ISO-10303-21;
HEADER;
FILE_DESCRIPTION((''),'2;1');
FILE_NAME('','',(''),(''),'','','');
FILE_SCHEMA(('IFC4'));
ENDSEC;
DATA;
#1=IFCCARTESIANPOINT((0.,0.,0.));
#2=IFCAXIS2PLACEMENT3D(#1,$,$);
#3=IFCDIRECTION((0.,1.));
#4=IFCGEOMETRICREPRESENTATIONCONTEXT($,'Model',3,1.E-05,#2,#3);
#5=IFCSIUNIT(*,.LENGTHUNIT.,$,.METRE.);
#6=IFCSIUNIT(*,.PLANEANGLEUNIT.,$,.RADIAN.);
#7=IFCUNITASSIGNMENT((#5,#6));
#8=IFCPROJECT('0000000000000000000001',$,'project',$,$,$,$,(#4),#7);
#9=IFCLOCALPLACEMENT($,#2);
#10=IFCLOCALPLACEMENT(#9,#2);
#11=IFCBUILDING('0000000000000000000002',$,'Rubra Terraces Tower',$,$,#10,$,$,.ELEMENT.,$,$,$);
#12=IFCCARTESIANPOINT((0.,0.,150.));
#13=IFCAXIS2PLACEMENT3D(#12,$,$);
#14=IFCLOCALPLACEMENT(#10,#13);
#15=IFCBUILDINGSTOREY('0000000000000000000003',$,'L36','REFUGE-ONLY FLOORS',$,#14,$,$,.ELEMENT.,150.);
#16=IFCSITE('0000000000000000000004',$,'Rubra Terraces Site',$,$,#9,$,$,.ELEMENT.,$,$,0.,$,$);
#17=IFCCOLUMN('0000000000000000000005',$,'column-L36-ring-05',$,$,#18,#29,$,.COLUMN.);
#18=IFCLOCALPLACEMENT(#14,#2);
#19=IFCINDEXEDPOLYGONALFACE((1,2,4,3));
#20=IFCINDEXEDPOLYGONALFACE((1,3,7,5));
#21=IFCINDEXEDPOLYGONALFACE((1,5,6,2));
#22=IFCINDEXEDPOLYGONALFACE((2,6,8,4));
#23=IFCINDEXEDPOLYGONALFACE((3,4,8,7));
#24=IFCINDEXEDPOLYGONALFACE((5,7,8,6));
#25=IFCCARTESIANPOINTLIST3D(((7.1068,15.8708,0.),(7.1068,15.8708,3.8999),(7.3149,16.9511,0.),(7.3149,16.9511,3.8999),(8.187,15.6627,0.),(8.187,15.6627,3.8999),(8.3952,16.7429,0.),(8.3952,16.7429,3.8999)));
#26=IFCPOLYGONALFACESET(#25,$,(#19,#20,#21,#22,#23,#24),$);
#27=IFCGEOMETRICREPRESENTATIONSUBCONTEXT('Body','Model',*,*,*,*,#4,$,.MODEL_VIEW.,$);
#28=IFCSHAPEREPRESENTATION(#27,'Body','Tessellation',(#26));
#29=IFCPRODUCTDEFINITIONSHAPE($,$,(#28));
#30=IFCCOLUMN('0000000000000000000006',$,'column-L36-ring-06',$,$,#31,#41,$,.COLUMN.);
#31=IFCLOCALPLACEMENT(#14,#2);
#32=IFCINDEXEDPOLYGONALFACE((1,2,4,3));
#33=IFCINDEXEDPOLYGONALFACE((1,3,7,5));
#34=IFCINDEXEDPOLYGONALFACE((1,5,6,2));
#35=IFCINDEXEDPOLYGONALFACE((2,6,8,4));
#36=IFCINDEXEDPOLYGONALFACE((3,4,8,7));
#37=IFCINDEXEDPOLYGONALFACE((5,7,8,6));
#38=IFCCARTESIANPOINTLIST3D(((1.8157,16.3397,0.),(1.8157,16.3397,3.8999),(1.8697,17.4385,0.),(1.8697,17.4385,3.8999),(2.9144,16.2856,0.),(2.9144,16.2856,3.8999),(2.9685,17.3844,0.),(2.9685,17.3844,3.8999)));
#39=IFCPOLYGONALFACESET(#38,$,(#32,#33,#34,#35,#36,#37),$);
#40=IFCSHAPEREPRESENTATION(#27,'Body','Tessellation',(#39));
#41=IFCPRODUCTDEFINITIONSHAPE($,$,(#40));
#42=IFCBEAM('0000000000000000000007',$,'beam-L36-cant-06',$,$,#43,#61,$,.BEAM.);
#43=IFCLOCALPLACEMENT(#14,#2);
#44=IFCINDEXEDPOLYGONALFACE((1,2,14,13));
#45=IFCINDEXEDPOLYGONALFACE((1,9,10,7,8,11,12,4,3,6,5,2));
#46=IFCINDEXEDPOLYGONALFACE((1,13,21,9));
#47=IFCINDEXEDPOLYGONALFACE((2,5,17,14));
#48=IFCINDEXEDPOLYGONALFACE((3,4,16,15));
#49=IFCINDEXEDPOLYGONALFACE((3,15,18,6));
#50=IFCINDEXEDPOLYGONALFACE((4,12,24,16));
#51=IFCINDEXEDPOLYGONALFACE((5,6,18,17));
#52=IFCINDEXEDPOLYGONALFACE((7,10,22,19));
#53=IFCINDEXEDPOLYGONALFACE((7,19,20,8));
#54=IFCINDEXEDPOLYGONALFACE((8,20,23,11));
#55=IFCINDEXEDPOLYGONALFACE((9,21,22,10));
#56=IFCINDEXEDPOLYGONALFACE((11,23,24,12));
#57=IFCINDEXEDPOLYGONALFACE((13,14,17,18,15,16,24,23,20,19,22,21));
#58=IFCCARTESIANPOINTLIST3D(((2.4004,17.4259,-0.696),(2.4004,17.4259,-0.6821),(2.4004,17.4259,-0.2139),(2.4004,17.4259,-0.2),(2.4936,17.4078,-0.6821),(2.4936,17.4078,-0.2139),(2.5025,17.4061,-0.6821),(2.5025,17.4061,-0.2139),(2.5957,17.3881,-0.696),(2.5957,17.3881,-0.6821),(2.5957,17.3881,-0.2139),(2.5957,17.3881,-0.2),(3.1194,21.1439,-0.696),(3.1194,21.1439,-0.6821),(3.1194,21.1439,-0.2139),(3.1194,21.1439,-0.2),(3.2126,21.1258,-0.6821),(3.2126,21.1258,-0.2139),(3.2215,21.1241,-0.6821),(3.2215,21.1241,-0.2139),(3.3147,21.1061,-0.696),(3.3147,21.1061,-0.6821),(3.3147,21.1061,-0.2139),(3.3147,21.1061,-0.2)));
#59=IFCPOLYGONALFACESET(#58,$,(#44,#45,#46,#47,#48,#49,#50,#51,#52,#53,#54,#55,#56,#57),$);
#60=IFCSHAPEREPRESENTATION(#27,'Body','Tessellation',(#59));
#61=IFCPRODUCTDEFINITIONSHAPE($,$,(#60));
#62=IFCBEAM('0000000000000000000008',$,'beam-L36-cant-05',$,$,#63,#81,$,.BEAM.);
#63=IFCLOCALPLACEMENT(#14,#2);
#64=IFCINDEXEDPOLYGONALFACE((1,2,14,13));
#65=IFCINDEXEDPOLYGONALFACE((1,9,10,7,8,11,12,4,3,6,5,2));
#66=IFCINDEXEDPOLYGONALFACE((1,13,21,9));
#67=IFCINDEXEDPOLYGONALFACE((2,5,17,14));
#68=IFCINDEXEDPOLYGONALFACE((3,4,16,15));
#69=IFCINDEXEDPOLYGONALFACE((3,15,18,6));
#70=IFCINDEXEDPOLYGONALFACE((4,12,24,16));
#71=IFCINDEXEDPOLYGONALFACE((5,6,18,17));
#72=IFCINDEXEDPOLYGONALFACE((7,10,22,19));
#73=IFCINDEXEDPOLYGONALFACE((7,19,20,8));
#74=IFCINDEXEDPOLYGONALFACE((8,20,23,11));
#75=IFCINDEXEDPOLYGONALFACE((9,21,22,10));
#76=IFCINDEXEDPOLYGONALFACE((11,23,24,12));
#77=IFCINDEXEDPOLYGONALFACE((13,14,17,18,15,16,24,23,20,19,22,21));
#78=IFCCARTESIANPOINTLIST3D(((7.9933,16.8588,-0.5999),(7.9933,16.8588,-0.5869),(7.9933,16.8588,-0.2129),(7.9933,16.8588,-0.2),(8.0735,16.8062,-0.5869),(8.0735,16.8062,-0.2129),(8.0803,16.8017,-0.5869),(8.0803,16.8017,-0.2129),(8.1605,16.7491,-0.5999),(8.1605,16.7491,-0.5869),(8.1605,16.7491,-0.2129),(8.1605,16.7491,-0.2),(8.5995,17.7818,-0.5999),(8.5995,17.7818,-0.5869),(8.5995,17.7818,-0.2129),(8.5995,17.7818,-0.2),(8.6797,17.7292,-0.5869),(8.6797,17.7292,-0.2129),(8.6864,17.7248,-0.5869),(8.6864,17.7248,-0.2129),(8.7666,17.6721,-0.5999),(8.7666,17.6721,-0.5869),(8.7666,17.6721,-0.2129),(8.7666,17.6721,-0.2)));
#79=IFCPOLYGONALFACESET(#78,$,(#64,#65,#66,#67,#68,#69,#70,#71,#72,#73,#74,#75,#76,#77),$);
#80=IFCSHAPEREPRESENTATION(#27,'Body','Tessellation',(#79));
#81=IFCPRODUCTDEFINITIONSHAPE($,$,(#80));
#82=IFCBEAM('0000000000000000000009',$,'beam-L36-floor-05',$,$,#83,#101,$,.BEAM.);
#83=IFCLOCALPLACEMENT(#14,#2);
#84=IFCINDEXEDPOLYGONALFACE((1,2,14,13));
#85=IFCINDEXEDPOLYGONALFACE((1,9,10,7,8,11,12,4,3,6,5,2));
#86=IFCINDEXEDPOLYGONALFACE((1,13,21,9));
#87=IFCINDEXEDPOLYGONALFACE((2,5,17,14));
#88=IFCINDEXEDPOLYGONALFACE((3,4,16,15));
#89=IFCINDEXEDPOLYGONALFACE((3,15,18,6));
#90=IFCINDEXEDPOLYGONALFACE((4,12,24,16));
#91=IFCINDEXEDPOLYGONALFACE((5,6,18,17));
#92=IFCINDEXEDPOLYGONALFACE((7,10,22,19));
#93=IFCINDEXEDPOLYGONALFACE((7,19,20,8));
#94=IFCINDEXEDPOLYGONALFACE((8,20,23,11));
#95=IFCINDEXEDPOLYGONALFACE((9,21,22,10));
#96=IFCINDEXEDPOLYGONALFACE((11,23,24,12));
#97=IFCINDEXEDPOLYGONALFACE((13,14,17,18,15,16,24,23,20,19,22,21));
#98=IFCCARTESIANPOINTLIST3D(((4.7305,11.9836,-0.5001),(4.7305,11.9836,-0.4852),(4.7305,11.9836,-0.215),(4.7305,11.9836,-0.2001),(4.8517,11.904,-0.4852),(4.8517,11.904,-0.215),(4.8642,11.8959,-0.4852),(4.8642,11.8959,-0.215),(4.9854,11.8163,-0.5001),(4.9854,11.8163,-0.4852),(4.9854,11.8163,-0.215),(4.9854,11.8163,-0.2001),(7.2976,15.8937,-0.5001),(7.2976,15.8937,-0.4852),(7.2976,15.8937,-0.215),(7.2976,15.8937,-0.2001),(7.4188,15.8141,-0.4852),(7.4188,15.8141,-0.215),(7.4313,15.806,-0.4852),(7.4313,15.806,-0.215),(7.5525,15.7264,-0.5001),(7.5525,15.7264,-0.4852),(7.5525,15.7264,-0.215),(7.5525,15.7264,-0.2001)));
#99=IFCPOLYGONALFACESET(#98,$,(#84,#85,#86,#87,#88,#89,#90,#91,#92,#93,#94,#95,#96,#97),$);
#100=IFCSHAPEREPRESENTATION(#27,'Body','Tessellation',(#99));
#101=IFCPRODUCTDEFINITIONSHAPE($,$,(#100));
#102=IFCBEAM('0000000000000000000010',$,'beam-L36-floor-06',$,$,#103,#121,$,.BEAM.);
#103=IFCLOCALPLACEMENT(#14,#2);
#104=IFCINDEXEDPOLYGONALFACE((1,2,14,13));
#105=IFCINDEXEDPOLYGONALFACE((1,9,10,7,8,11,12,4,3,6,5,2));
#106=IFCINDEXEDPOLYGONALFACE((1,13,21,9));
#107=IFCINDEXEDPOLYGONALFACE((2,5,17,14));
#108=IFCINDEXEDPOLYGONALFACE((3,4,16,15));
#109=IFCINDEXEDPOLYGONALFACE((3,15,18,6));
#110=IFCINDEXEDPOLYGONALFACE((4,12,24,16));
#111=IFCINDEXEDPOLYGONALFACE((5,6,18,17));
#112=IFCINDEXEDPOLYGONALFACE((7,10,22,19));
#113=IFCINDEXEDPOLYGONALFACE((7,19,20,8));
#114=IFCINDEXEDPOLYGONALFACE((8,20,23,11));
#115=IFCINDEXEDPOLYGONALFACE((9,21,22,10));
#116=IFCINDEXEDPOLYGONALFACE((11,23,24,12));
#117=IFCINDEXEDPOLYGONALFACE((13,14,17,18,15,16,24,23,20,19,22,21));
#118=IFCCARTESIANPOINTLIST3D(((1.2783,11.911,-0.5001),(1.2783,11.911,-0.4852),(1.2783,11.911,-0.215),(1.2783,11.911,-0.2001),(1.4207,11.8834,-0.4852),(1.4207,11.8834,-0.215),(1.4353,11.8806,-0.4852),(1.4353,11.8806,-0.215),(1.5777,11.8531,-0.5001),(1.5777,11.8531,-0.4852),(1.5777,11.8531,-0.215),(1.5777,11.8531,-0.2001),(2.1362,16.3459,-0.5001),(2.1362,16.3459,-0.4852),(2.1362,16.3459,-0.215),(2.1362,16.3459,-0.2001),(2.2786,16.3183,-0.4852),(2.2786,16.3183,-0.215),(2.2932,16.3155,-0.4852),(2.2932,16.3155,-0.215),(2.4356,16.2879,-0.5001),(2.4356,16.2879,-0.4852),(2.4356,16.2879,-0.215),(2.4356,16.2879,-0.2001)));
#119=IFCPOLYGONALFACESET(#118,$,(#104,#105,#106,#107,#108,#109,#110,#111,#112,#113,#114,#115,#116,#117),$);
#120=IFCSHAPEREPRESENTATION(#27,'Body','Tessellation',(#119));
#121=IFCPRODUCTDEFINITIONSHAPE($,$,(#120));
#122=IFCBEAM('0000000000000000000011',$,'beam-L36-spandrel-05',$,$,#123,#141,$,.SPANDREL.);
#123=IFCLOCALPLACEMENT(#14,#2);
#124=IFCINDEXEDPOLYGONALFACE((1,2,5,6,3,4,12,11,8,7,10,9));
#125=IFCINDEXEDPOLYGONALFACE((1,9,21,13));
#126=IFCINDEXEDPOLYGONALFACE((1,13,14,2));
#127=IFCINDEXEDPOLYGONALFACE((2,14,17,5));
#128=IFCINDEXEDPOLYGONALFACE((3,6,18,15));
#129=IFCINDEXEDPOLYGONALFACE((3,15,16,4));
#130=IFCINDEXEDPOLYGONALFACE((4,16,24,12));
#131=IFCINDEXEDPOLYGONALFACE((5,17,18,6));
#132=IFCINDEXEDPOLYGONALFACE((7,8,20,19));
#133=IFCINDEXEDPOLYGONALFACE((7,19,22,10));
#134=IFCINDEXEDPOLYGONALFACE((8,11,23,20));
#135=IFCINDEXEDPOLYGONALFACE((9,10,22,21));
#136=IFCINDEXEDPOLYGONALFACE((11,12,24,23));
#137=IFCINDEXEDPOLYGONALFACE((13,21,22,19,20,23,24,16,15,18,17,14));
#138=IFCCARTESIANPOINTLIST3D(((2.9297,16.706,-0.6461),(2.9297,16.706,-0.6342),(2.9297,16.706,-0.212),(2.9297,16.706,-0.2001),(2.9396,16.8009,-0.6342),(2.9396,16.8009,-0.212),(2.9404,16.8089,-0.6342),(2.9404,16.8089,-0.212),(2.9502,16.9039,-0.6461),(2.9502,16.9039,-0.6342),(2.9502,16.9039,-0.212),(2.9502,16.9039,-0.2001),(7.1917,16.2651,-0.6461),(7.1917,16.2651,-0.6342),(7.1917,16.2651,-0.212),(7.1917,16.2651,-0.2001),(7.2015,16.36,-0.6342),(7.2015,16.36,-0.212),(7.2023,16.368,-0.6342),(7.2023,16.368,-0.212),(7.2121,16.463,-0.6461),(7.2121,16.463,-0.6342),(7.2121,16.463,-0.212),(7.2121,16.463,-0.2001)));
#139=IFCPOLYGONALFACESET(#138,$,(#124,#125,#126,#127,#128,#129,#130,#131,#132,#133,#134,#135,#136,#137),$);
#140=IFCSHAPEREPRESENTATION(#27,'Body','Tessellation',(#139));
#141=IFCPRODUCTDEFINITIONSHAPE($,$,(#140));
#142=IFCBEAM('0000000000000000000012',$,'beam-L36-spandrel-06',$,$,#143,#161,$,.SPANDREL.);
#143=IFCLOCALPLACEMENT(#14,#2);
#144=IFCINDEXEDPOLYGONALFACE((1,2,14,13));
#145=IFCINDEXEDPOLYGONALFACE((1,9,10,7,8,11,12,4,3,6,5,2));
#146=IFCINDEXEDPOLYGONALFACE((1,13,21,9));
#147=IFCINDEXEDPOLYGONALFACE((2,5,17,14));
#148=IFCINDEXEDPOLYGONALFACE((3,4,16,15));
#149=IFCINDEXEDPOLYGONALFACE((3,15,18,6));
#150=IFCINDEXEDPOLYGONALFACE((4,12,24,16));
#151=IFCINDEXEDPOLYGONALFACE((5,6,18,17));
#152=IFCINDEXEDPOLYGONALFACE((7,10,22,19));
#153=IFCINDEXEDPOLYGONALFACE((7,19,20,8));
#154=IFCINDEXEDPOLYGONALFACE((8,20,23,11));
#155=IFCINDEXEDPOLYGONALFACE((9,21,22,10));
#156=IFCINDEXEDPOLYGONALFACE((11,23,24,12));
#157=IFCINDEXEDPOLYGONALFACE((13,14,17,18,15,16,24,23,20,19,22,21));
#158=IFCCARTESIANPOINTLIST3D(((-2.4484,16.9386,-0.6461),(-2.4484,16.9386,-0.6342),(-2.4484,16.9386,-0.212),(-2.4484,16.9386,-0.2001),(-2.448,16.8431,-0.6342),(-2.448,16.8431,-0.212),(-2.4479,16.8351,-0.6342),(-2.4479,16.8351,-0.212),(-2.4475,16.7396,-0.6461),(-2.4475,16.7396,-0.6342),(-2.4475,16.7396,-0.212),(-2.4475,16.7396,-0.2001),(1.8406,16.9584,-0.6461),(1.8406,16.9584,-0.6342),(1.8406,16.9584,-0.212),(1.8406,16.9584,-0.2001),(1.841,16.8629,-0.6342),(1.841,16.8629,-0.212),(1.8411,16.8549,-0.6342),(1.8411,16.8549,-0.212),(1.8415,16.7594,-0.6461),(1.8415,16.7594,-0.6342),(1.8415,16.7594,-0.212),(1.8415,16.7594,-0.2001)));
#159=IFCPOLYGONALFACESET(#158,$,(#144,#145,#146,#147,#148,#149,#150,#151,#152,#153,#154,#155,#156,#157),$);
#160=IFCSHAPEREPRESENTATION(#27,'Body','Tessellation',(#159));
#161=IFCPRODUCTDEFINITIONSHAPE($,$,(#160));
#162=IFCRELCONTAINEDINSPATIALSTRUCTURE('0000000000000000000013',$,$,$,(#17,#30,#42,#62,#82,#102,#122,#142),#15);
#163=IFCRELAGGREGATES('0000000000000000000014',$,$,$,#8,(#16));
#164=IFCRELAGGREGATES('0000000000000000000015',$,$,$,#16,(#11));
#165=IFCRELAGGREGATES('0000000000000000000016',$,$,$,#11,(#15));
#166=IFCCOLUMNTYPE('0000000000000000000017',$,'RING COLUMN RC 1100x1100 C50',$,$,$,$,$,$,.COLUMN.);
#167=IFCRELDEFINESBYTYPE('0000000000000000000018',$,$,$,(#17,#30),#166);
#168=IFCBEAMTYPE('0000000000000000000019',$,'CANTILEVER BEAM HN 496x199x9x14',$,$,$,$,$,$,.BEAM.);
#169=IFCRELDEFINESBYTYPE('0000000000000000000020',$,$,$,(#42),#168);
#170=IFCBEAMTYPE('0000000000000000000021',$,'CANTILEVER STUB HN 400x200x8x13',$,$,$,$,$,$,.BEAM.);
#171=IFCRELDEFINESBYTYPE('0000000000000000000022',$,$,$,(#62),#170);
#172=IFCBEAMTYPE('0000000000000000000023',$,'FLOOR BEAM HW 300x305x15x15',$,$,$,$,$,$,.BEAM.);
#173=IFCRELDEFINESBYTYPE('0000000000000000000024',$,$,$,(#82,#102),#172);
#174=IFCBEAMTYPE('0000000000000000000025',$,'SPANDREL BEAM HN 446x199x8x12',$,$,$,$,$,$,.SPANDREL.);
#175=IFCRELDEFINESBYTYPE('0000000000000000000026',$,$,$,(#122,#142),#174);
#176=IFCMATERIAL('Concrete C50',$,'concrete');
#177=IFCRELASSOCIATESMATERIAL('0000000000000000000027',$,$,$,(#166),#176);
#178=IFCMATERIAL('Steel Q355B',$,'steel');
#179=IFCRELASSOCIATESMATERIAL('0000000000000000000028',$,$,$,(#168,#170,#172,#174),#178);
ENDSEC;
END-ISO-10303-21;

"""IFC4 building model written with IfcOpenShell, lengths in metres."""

from ifc_helpers import new_model, si_unit, direction, frame, origin, origin_2d, place, context, subcontext, project, spatial, rectangle, i_section, extrude, material, material_profile, profile_set, type_object, element, save


model = new_model("IFC4")

# Units and contexts
model_context = context("Model", 3, precision=1e-05, world=origin(), true_north=direction((0.0, 1.0)))
body_context = subcontext(model_context, "Body", "Model", "MODEL_VIEW")
ifc_project = project(units=[si_unit("LENGTHUNIT", "METRE"), si_unit("PLANEANGLEUNIT", "RADIAN")], contexts=[model_context])

# Site, building, storey
site_placement = place(None, origin())
site = spatial("IfcSite", under=ifc_project, at=site_placement, Name="Rubra Terraces Site", CompositionType="ELEMENT", RefElevation=0.0)
building_placement = place(site_placement, origin())
building = spatial("IfcBuilding", under=site, at=building_placement, Name="Rubra Terraces Tower", CompositionType="ELEMENT")
storey_placement = place(building_placement, frame((0.0, 0.0, 150.0)))
storey = spatial("IfcBuildingStorey", under=building, at=storey_placement, Name="L36", Description="REFUGE-ONLY FLOORS", CompositionType="ELEMENT", Elevation=150.0)

# Columns
ifc_material_1 = material(Name="Concrete C50", Category="concrete")
ifc_material_profile_1 = material_profile(ifc_material_1, rectangle(XDim=1.1001, YDim=1.1001, at=origin_2d()), Name="RC 1100x1100")
ifc_profile_set_1 = profile_set([ifc_material_profile_1], Name="Concrete C50")
column_type = type_object("IfcColumnType", Name="RING COLUMN RC 1100x1100 C50", PredefinedType="COLUMN", material=ifc_profile_set_1)
for number, where, z_axis, x_axis, name in (
    (1, (7.751, 16.3069, 0.0), (0.0, 0.0, 1.0), (-0.981937, 0.18921, 0.0), "column-L36-ring-05"),
    (2, (2.3921, 16.8621, 0.0), (0.0, 0.0, 1.0), (-0.998791, 0.04915, 0.0), "column-L36-ring-06"),
):
    element("IfcColumn", number, at=place(storey_placement, frame(where, z_axis=z_axis, x_axis=x_axis)), inside=storey, type_object=column_type, Name=name, PredefinedType="COLUMN", context=body_context, shape_type="SweptSolid", body=[
        extrude(rectangle(XDim=1.1001, YDim=1.1001, at=origin_2d()), origin(), (0.0, 0.0, 1.0), 3.8999),
    ])

# Beams
ifc_material_2 = material(Name="Steel Q355B", Category="steel")
ifc_material_profile_2 = material_profile(ifc_material_2, i_section(OverallWidth=0.199, OverallDepth=0.4961, WebThickness=0.009, FlangeThickness=0.0139, at=origin_2d()), Name="HN 496x199x9x14")
ifc_profile_set_2 = profile_set([ifc_material_profile_2], Name="Steel Q355B")
beam_type_1 = type_object("IfcBeamType", Name="CANTILEVER BEAM HN 496x199x9x14", PredefinedType="BEAM", material=ifc_profile_set_2)
beam_1_placement = place(storey_placement, frame((2.498, 17.407, -0.448), z_axis=(0.189864, 0.98181, 0.0), x_axis=(-0.98181, 0.189864, 0.0)))
element("IfcBeam", 3, at=beam_1_placement, inside=storey, type_object=beam_type_1, Name="beam-L36-cant-06", PredefinedType="BEAM", context=body_context, shape_type="SweptSolid", body=[
    extrude(i_section(OverallWidth=0.199, OverallDepth=0.4961, WebThickness=0.009, FlangeThickness=0.0139, at=origin_2d()), origin(), (0.0, 0.0, 1.0), 3.7869),
])
ifc_material_profile_3 = material_profile(ifc_material_2, i_section(OverallWidth=0.2, OverallDepth=0.3999, WebThickness=0.0081, FlangeThickness=0.0129, at=origin_2d()), Name="HN 400x200x8x13")
ifc_profile_set_3 = profile_set([ifc_material_profile_3], Name="Steel Q355B")
beam_type_2 = type_object("IfcBeamType", Name="CANTILEVER STUB HN 400x200x8x13", PredefinedType="BEAM", material=ifc_profile_set_3)
beam_2_placement = place(storey_placement, frame((8.0769, 16.804, -0.3999), z_axis=(0.548922, 0.835874, 0.0), x_axis=(-0.835874, 0.548922, 0.0)))
element("IfcBeam", 4, at=beam_2_placement, inside=storey, type_object=beam_type_2, Name="beam-L36-cant-05", PredefinedType="BEAM", context=body_context, shape_type="SweptSolid", body=[
    extrude(i_section(OverallWidth=0.2, OverallDepth=0.3999, WebThickness=0.0081, FlangeThickness=0.0129, at=origin_2d()), origin(), (0.0, 0.0, 1.0), 1.1042),
])
ifc_material_profile_4 = material_profile(ifc_material_2, i_section(OverallWidth=0.3049, OverallDepth=0.3, WebThickness=0.0149, FlangeThickness=0.0149, at=origin_2d()), Name="HW 300x305x15x15")
ifc_profile_set_4 = profile_set([ifc_material_profile_4], Name="Steel Q355B")
beam_type_3 = type_object("IfcBeamType", Name="FLOOR BEAM HW 300x305x15x15", PredefinedType="BEAM", material=ifc_profile_set_4)
beam_3_placement = place(storey_placement, frame((7.425, 15.8101, -0.3501), z_axis=(-0.548821, -0.83594, 0.0), x_axis=(0.83594, -0.548821, 0.0)))
element("IfcBeam", 5, at=beam_3_placement, inside=storey, type_object=beam_type_3, Name="beam-L36-floor-05", PredefinedType="BEAM", context=body_context, shape_type="SweptSolid", body=[
    extrude(i_section(OverallWidth=0.3049, OverallDepth=0.3, WebThickness=0.0149, FlangeThickness=0.0149, at=origin_2d()), origin(), (0.0, 0.0, 1.0), 4.6775),
])
beam_4_placement = place(storey_placement, frame((2.2859, 16.3169, -0.3501), z_axis=(-0.189928, -0.981798, 0.0), x_axis=(0.981798, -0.189928, 0.0)))
element("IfcBeam", 6, at=beam_4_placement, inside=storey, type_object=beam_type_3, Name="beam-L36-floor-06", PredefinedType="BEAM", context=body_context, shape_type="SweptSolid", body=[
    extrude(i_section(OverallWidth=0.3049, OverallDepth=0.3, WebThickness=0.0149, FlangeThickness=0.0149, at=origin_2d()), origin(), (0.0, 0.0, 1.0), 4.5171),
])
ifc_material_profile_5 = material_profile(ifc_material_2, i_section(OverallWidth=0.199, OverallDepth=0.446, WebThickness=0.0081, FlangeThickness=0.012, at=origin_2d()), Name="HN 446x199x8x12")
ifc_profile_set_5 = profile_set([ifc_material_profile_5], Name="Steel Q355B")
beam_type_4 = type_object("IfcBeamType", Name="SPANDREL BEAM HN 446x199x8x12", PredefinedType="SPANDREL", material=ifc_profile_set_5)
beam_5_placement = place(storey_placement, frame((7.2019, 16.364, -0.4231), z_axis=(-0.994691, 0.102905, 0.0), x_axis=(-0.102905, -0.994691, 0.0)))
element("IfcBeam", 7, at=beam_5_placement, inside=storey, type_object=beam_type_4, Name="beam-L36-spandrel-05", PredefinedType="SPANDREL", context=body_context, shape_type="SweptSolid", body=[
    extrude(i_section(OverallWidth=0.199, OverallDepth=0.446, WebThickness=0.0081, FlangeThickness=0.012, at=origin_2d()), origin(), (0.0, 0.0, 1.0), 4.2847),
])
beam_6_placement = place(storey_placement, frame((1.8411, 16.8589, -0.4231), z_axis=(-0.999989, -0.004611, 0.0), x_axis=(0.004611, -0.999989, 0.0)))
element("IfcBeam", 8, at=beam_6_placement, inside=storey, type_object=beam_type_4, Name="beam-L36-spandrel-06", PredefinedType="SPANDREL", context=body_context, shape_type="SweptSolid", body=[
    extrude(i_section(OverallWidth=0.199, OverallDepth=0.446, WebThickness=0.0081, FlangeThickness=0.012, at=origin_2d()), origin(), (0.0, 0.0, 1.0), 4.2891),
])

save(model, "model.ifc")
